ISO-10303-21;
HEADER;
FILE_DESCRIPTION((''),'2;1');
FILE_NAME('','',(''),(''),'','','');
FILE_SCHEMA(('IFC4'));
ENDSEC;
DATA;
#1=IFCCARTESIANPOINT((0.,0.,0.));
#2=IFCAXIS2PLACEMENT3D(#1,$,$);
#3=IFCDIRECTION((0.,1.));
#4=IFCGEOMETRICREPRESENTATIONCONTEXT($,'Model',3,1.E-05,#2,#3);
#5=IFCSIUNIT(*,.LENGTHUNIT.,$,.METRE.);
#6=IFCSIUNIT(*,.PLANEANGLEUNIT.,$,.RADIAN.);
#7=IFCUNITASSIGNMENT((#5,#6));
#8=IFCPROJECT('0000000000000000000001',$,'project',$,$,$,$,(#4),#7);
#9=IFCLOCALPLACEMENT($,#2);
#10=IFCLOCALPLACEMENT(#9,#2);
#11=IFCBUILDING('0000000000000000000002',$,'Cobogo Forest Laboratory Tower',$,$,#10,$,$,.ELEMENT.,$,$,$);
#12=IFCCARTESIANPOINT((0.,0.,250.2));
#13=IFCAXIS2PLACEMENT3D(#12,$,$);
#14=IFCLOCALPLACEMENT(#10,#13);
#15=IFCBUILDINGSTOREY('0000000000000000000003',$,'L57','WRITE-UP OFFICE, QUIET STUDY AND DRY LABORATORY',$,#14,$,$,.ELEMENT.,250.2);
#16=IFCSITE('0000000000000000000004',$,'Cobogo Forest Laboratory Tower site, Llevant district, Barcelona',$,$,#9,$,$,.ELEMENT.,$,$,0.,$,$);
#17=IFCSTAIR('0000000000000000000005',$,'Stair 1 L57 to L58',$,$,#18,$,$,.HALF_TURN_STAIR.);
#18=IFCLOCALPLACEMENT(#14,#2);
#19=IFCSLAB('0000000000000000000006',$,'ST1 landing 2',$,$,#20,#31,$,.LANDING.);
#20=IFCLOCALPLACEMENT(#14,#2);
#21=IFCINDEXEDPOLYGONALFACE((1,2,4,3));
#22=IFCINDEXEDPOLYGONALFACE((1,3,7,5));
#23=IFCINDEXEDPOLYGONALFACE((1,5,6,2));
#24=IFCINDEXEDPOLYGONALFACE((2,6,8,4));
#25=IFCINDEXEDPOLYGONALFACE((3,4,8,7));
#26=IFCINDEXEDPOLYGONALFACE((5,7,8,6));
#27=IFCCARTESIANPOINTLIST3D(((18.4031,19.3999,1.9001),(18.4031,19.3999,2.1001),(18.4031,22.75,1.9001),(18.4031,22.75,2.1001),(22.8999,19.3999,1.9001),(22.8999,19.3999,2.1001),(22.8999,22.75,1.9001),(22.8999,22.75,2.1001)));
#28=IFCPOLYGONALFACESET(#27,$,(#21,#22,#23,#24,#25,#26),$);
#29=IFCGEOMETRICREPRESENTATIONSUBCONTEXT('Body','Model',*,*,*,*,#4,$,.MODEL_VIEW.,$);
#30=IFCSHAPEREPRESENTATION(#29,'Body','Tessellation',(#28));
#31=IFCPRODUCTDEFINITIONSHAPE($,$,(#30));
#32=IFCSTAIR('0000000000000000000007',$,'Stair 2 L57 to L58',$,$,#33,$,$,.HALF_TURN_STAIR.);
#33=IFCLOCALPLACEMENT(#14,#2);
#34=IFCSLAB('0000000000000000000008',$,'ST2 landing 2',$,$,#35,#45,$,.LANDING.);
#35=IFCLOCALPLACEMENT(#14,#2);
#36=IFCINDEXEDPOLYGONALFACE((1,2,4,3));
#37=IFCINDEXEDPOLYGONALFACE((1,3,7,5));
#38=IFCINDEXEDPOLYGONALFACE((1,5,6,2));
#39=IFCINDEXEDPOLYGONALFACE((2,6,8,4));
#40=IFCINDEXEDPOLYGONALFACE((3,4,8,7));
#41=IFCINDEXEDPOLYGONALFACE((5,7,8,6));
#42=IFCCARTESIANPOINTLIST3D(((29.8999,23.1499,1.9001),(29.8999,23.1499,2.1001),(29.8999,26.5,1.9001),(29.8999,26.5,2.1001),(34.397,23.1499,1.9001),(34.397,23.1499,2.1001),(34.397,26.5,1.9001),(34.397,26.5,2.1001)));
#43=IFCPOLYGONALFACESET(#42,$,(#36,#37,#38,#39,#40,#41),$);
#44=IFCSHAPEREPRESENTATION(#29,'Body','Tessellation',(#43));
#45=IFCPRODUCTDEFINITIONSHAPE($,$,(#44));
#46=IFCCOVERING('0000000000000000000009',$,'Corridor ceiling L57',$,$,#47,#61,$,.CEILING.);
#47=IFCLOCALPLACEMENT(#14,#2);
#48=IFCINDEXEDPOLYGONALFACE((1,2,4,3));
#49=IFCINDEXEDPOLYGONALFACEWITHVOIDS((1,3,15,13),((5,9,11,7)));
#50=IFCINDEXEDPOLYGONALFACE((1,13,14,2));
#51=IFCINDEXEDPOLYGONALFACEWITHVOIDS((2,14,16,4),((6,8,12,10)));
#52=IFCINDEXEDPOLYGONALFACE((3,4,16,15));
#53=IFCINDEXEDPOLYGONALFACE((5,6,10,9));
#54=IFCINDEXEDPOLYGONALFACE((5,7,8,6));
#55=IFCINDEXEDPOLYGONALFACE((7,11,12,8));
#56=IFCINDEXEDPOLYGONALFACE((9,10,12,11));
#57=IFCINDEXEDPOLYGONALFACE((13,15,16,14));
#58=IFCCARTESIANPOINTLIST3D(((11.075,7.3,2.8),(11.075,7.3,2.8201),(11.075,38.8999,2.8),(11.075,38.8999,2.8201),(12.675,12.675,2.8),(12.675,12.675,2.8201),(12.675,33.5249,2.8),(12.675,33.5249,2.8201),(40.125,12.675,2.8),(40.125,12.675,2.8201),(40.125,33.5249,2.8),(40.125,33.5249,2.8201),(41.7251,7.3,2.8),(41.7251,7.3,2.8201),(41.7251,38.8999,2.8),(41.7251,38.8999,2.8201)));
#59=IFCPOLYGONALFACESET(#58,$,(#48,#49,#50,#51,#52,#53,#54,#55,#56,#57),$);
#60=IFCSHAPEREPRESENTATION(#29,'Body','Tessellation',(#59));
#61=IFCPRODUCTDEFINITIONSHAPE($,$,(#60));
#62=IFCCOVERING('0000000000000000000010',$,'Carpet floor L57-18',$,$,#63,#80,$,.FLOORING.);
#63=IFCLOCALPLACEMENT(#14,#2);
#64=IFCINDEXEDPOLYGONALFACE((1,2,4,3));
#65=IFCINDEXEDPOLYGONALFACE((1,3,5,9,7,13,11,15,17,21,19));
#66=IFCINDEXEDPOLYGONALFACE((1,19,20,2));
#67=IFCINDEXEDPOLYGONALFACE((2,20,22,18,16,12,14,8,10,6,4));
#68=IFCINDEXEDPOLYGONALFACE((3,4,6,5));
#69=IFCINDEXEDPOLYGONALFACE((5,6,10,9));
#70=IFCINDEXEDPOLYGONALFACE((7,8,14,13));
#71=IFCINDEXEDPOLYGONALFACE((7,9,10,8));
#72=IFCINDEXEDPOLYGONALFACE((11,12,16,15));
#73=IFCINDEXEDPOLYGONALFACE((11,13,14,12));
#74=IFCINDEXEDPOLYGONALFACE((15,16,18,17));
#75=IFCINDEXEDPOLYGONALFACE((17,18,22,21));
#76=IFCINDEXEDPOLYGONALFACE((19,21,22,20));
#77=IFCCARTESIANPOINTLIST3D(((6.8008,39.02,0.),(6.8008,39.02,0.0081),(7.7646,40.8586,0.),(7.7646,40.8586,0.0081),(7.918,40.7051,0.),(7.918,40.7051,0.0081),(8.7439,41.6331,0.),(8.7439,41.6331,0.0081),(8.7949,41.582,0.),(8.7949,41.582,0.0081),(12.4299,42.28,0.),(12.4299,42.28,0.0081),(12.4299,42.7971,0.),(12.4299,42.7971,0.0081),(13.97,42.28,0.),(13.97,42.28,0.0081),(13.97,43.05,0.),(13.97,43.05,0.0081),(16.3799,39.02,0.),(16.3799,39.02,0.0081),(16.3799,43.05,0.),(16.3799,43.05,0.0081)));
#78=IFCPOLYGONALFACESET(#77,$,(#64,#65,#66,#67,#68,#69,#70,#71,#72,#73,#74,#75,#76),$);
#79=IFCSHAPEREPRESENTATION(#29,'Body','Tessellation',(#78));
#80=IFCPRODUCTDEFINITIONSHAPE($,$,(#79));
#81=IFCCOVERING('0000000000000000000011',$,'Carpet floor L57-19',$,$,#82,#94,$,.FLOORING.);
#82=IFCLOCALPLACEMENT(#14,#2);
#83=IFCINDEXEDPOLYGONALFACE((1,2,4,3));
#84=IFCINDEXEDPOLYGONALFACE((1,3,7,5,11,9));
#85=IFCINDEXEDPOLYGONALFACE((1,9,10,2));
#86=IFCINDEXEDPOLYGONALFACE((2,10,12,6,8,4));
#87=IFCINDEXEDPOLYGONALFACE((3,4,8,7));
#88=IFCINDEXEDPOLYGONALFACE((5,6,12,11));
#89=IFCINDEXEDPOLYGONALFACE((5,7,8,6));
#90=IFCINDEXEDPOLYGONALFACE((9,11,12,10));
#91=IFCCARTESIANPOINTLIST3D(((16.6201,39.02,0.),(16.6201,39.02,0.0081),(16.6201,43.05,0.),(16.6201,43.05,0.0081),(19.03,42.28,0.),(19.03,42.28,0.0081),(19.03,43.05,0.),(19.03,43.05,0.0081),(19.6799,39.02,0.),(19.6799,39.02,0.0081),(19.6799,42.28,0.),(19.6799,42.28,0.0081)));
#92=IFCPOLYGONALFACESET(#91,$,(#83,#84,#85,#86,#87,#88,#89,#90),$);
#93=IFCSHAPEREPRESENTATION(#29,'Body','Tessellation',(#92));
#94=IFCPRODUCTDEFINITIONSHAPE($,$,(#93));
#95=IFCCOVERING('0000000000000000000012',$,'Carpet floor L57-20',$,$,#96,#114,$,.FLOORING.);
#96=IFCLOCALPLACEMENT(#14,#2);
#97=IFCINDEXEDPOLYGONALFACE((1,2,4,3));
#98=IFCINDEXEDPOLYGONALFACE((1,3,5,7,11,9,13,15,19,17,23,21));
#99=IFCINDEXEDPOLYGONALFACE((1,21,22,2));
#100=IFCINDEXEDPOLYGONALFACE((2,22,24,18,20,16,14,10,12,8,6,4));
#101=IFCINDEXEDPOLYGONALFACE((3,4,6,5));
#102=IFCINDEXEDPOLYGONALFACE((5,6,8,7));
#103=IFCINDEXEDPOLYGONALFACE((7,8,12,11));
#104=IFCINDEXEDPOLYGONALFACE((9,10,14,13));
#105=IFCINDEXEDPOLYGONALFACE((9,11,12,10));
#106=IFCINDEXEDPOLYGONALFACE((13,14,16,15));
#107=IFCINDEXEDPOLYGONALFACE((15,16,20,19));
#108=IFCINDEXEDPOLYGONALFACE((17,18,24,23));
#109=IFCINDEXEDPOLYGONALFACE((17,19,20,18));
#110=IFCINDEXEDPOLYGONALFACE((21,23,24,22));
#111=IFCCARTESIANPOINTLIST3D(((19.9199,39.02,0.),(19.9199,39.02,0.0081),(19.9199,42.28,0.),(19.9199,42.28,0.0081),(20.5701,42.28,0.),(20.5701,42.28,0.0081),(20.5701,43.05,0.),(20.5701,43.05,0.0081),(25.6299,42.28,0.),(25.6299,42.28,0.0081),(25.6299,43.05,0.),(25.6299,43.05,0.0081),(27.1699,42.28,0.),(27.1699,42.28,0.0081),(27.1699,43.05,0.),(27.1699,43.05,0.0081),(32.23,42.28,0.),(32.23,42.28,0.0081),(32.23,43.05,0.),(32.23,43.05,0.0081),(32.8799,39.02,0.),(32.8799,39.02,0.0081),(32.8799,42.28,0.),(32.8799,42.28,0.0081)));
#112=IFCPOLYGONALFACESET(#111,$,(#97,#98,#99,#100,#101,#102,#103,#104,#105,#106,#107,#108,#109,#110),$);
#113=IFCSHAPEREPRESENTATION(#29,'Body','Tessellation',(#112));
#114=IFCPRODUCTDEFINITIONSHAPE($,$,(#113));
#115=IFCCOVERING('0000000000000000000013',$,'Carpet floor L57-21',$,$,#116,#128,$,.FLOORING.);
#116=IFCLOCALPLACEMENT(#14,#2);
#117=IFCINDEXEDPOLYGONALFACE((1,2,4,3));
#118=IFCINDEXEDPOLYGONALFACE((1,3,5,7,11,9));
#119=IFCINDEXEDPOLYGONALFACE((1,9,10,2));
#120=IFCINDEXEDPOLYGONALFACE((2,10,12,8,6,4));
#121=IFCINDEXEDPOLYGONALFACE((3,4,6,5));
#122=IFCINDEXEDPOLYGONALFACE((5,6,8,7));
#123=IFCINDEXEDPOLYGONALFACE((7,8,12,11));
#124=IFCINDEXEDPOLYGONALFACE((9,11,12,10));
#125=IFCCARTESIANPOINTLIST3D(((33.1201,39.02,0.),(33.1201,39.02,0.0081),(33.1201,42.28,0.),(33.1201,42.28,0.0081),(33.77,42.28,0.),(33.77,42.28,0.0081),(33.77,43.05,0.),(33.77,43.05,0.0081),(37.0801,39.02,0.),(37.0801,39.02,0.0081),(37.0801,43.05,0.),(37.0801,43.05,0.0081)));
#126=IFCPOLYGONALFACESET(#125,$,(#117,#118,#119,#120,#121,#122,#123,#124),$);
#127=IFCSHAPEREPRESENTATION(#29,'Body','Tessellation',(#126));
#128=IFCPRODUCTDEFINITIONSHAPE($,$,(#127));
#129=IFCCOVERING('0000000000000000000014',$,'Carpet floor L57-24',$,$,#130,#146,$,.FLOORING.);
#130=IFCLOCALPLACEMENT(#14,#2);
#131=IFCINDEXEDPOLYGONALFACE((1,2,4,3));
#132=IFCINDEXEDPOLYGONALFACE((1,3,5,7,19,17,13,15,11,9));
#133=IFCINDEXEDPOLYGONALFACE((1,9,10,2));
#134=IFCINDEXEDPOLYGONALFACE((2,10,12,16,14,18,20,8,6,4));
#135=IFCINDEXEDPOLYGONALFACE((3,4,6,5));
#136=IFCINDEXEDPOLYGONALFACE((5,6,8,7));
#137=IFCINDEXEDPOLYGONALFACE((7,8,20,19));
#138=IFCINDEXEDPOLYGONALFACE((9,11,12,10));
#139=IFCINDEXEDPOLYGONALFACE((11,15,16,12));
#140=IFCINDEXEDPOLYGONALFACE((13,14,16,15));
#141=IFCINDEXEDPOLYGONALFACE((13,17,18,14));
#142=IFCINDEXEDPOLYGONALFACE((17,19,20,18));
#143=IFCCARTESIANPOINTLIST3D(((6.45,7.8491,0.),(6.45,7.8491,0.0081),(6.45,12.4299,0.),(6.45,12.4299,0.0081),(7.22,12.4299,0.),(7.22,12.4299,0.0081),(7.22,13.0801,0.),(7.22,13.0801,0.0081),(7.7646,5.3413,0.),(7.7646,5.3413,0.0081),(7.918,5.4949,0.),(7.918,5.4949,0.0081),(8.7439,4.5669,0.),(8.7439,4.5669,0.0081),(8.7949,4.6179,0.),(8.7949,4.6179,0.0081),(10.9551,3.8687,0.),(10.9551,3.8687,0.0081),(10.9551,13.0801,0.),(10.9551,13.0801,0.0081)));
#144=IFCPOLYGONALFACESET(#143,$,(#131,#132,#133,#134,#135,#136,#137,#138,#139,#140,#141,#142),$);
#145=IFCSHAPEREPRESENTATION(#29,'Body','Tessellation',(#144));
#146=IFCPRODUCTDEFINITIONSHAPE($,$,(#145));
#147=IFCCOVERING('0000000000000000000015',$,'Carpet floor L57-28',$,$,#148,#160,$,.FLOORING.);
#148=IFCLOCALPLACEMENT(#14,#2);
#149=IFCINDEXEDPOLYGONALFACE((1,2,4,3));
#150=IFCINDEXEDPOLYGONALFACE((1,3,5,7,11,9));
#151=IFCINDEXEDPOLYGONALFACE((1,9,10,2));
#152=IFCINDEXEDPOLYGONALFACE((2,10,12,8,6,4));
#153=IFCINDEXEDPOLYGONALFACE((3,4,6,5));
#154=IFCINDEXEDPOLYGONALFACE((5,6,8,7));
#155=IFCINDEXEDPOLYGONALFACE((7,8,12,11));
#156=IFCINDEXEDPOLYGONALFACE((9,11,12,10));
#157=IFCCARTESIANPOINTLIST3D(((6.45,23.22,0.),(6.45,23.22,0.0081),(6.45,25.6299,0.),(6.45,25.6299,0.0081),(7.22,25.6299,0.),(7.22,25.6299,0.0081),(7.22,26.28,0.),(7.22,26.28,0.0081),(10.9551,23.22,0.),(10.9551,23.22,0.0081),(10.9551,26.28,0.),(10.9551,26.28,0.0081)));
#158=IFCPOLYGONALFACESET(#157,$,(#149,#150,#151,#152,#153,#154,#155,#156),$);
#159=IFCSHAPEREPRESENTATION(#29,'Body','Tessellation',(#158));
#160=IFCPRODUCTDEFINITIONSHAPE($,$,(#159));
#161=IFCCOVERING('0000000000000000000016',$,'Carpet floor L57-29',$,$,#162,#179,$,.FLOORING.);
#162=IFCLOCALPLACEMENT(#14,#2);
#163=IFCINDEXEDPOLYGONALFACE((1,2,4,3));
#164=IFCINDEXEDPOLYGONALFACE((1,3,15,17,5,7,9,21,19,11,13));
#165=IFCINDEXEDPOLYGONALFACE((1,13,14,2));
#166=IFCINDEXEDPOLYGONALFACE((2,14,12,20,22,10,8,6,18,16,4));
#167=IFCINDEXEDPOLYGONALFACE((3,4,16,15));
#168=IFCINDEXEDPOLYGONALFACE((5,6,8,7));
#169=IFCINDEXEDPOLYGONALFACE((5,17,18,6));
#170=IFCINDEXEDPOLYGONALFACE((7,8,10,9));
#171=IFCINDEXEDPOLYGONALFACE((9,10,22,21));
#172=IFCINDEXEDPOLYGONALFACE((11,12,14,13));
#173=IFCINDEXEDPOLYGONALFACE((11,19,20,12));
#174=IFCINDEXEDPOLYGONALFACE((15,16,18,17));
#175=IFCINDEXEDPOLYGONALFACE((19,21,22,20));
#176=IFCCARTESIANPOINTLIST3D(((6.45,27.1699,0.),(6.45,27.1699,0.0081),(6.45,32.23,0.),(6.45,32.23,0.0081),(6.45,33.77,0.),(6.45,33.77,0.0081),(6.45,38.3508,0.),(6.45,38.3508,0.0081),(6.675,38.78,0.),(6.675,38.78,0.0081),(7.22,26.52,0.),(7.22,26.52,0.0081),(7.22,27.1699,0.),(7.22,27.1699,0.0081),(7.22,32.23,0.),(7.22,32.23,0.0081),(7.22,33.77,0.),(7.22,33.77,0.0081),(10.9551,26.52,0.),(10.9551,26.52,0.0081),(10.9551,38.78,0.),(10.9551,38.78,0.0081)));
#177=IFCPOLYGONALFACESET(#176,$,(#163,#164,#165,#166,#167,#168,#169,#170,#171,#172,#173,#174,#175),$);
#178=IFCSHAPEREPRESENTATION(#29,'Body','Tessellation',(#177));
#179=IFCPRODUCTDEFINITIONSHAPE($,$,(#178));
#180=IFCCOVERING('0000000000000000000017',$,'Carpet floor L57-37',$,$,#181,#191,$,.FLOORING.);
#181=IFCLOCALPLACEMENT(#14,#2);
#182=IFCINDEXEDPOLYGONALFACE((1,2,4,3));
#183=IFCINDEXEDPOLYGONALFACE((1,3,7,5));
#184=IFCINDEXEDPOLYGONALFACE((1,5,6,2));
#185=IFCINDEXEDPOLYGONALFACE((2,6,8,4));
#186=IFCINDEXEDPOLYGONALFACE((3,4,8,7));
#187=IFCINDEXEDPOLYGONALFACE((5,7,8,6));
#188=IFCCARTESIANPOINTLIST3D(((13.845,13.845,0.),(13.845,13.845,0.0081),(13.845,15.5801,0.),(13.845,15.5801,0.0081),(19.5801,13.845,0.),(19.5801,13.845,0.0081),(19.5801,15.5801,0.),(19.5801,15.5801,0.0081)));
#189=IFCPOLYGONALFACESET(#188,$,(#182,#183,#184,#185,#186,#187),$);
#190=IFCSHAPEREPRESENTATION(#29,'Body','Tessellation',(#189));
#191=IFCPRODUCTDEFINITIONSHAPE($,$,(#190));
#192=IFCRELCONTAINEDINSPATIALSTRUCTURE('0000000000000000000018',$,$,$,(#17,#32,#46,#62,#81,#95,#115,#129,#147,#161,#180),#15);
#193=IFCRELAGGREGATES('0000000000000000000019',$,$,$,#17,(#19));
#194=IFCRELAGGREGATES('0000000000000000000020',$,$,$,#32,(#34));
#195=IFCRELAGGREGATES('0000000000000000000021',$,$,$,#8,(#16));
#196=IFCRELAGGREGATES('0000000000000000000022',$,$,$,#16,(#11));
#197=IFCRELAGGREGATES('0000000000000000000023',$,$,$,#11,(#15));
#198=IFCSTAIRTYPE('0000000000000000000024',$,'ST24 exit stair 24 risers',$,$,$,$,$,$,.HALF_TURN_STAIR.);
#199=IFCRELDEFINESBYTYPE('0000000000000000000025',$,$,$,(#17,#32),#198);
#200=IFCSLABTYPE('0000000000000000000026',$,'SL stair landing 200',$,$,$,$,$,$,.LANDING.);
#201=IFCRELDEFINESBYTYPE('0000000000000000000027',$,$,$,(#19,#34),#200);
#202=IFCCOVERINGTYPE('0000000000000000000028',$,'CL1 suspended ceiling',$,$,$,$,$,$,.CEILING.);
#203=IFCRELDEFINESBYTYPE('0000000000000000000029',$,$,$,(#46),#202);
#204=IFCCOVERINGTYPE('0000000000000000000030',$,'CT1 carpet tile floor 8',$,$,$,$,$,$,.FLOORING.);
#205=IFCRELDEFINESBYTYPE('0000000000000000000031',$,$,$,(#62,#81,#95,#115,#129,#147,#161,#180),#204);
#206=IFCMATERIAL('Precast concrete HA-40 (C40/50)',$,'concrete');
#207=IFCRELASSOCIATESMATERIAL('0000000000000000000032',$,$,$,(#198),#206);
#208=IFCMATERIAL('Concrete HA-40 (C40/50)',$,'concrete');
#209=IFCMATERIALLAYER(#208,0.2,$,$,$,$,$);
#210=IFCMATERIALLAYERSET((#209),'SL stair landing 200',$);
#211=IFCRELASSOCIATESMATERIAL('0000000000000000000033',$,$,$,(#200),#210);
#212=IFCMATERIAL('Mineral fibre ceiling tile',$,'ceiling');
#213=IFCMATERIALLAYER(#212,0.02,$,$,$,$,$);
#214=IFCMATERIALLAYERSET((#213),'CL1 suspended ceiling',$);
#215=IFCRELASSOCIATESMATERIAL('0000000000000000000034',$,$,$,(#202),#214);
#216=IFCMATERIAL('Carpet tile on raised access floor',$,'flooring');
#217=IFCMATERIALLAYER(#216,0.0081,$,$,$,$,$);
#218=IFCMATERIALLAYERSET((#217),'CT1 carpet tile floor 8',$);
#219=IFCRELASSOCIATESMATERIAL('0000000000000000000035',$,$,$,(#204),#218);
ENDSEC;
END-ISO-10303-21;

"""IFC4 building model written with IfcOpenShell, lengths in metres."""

from ifc_helpers import new_model, si_unit, direction, frame, origin, place, context, subcontext, project, spatial, polyline, outline, extrude, material, layer, layer_set, type_object, element, aggregate, save


model = new_model("IFC4")

# Units and contexts
model_context = context("Model", 3, precision=1e-05, world=origin(), true_north=direction((0.0, 1.0)))
body_context = subcontext(model_context, "Body", "Model", "MODEL_VIEW")
ifc_project = project(units=[si_unit("LENGTHUNIT", "METRE"), si_unit("PLANEANGLEUNIT", "RADIAN")], contexts=[model_context])

# Site, building, storey
site_placement = place(None, origin())
site = spatial("IfcSite", under=ifc_project, at=site_placement, Name="Cobogo Forest Laboratory Tower site, Llevant district, Barcelona", CompositionType="ELEMENT", RefElevation=0.0)
building_placement = place(site_placement, origin())
building = spatial("IfcBuilding", under=site, at=building_placement, Name="Cobogo Forest Laboratory Tower", CompositionType="ELEMENT")
storey_placement = place(building_placement, frame((0.0, 0.0, 250.2)))
storey = spatial("IfcBuildingStorey", under=building, at=storey_placement, Name="L57", Description="WRITE-UP OFFICE, QUIET STUDY AND DRY LABORATORY", CompositionType="ELEMENT", Elevation=250.2)

# Stairs, slabs
ifc_material_1 = material(Name="Precast concrete HA-40 (C40/50)", Category="concrete")
stair_type = type_object("IfcStairType", Name="ST24 exit stair 24 risers", PredefinedType="HALF_TURN_STAIR", material=ifc_material_1)
stair_1_placement = place(storey_placement, origin())
stair_1 = element("IfcStair", 1, at=stair_1_placement, inside=storey, type_object=stair_type, Name="Stair 1 L57 to L58", PredefinedType="HALF_TURN_STAIR")
ifc_material_2 = material(Name="Concrete HA-40 (C40/50)", Category="concrete")
ifc_layer_1 = layer(ifc_material_2, 0.2)
ifc_layer_set_1 = layer_set([ifc_layer_1], Name="SL stair landing 200")
slab_type = type_object("IfcSlabType", Name="SL stair landing 200", PredefinedType="LANDING", material=ifc_layer_set_1)
slab_1_placement = place(storey_placement, frame((0.0, 0.0, 1.9001)))
slab_1 = element("IfcSlab", 2, at=slab_1_placement, type_object=slab_type, Name="ST1 landing 2", PredefinedType="LANDING", context=body_context, shape_type="SweptSolid", body=[
    extrude(outline(polyline([(18.4031, 19.3999), (22.8999, 19.3999), (22.8999, 22.75), (18.4031, 22.75), (18.4031, 19.3999)])), origin(), (0.0, 0.0, 1.0), 0.2),
])
aggregate(stair_1, [slab_1])
stair_2_placement = place(storey_placement, origin())
stair_2 = element("IfcStair", 3, at=stair_2_placement, inside=storey, type_object=stair_type, Name="Stair 2 L57 to L58", PredefinedType="HALF_TURN_STAIR")
slab_2_placement = place(storey_placement, frame((0.0, 0.0, 1.9001)))
slab_2 = element("IfcSlab", 4, at=slab_2_placement, type_object=slab_type, Name="ST2 landing 2", PredefinedType="LANDING", context=body_context, shape_type="SweptSolid", body=[
    extrude(outline(polyline([(29.8999, 23.1499), (34.397, 23.1499), (34.397, 26.5), (29.8999, 26.5), (29.8999, 23.1499)])), origin(), (0.0, 0.0, 1.0), 0.2),
])
aggregate(stair_2, [slab_2])

# Coverings
ifc_material_3 = material(Name="Mineral fibre ceiling tile", Category="ceiling")
ifc_layer_2 = layer(ifc_material_3, 0.02)
ifc_layer_set_2 = layer_set([ifc_layer_2], Name="CL1 suspended ceiling")
covering_type_1 = type_object("IfcCoveringType", Name="CL1 suspended ceiling", PredefinedType="CEILING", material=ifc_layer_set_2)
covering_1_placement = place(storey_placement, frame((0.0, 0.0, 2.8)))
element("IfcCovering", 5, at=covering_1_placement, inside=storey, type_object=covering_type_1, Name="Corridor ceiling L57", PredefinedType="CEILING", context=body_context, shape_type="SweptSolid", body=[
    extrude(outline(polyline([(11.075, 7.3), (11.075, 38.8999), (41.7251, 38.8999), (41.7251, 7.3), (11.075, 7.3)]), holes=[polyline([(40.125, 33.5249), (12.675, 33.5249), (12.675, 12.675), (40.125, 12.675), (40.125, 33.5249)])]), origin(), (0.0, 0.0, 1.0), 0.02),
])
ifc_material_4 = material(Name="Carpet tile on raised access floor", Category="flooring")
ifc_layer_3 = layer(ifc_material_4, 0.0081)
ifc_layer_set_3 = layer_set([ifc_layer_3], Name="CT1 carpet tile floor 8")
covering_type_2 = type_object("IfcCoveringType", Name="CT1 carpet tile floor 8", PredefinedType="FLOORING", material=ifc_layer_set_3)
covering_2_placement = place(storey_placement, origin())
element("IfcCovering", 6, at=covering_2_placement, inside=storey, type_object=covering_type_2, Name="Carpet floor L57-18", PredefinedType="FLOORING", context=body_context, shape_type="SweptSolid", body=[
    extrude(outline(polyline([(6.8008, 39.02), (7.7646, 40.8586), (7.918, 40.7051), (8.7949, 41.582), (8.7439, 41.6331), (12.4299, 42.7971), (12.4299, 42.28), (13.97, 42.28), (13.97, 43.05), (16.3799, 43.05), (16.3799, 39.02), (6.8008, 39.02)])), origin(), (0.0, 0.0, 1.0), 0.0081),
])
covering_3_placement = place(storey_placement, origin())
element("IfcCovering", 7, at=covering_3_placement, inside=storey, type_object=covering_type_2, Name="Carpet floor L57-19", PredefinedType="FLOORING", context=body_context, shape_type="SweptSolid", body=[
    extrude(outline(polyline([(16.6201, 39.02), (16.6201, 43.05), (19.03, 43.05), (19.03, 42.28), (19.6799, 42.28), (19.6799, 39.02), (16.6201, 39.02)])), origin(), (0.0, 0.0, 1.0), 0.0081),
])
covering_4_placement = place(storey_placement, origin())
element("IfcCovering", 8, at=covering_4_placement, inside=storey, type_object=covering_type_2, Name="Carpet floor L57-20", PredefinedType="FLOORING", context=body_context, shape_type="SweptSolid", body=[
    extrude(outline(polyline([(19.9199, 39.02), (19.9199, 42.28), (20.5701, 42.28), (20.5701, 43.05), (25.6299, 43.05), (25.6299, 42.28), (27.1699, 42.28), (27.1699, 43.05), (32.23, 43.05), (32.23, 42.28), (32.8799, 42.28), (32.8799, 39.02), (19.9199, 39.02)])), origin(), (0.0, 0.0, 1.0), 0.0081),
])
covering_5_placement = place(storey_placement, origin())
element("IfcCovering", 9, at=covering_5_placement, inside=storey, type_object=covering_type_2, Name="Carpet floor L57-21", PredefinedType="FLOORING", context=body_context, shape_type="SweptSolid", body=[
    extrude(outline(polyline([(33.1201, 39.02), (33.1201, 42.28), (33.77, 42.28), (33.77, 43.05), (37.0801, 43.05), (37.0801, 39.02), (33.1201, 39.02)])), origin(), (0.0, 0.0, 1.0), 0.0081),
])
covering_6_placement = place(storey_placement, origin())
element("IfcCovering", 10, at=covering_6_placement, inside=storey, type_object=covering_type_2, Name="Carpet floor L57-24", PredefinedType="FLOORING", context=body_context, shape_type="SweptSolid", body=[
    extrude(outline(polyline([(8.7439, 4.5669), (8.7949, 4.6179), (7.918, 5.4949), (7.7646, 5.3413), (6.45, 7.8491), (6.45, 12.4299), (7.22, 12.4299), (7.22, 13.0801), (10.9551, 13.0801), (10.9551, 3.8687), (8.7439, 4.5669)])), origin(), (0.0, 0.0, 1.0), 0.0081),
])
covering_7_placement = place(storey_placement, origin())
element("IfcCovering", 11, at=covering_7_placement, inside=storey, type_object=covering_type_2, Name="Carpet floor L57-28", PredefinedType="FLOORING", context=body_context, shape_type="SweptSolid", body=[
    extrude(outline(polyline([(10.9551, 23.22), (6.45, 23.22), (6.45, 25.6299), (7.22, 25.6299), (7.22, 26.28), (10.9551, 26.28), (10.9551, 23.22)])), origin(), (0.0, 0.0, 1.0), 0.0081),
])
covering_8_placement = place(storey_placement, origin())
element("IfcCovering", 12, at=covering_8_placement, inside=storey, type_object=covering_type_2, Name="Carpet floor L57-29", PredefinedType="FLOORING", context=body_context, shape_type="SweptSolid", body=[
    extrude(outline(polyline([(10.9551, 26.52), (7.22, 26.52), (7.22, 27.1699), (6.45, 27.1699), (6.45, 32.23), (7.22, 32.23), (7.22, 33.77), (6.45, 33.77), (6.45, 38.3508), (6.675, 38.78), (10.9551, 38.78), (10.9551, 26.52)])), origin(), (0.0, 0.0, 1.0), 0.0081),
])
covering_9_placement = place(storey_placement, origin())
element("IfcCovering", 13, at=covering_9_placement, inside=storey, type_object=covering_type_2, Name="Carpet floor L57-37", PredefinedType="FLOORING", context=body_context, shape_type="SweptSolid", body=[
    extrude(outline(polyline([(19.5801, 13.845), (13.845, 13.845), (13.845, 15.5801), (19.5801, 15.5801), (19.5801, 13.845)])), origin(), (0.0, 0.0, 1.0), 0.0081),
])

save(model, "model.ifc")
